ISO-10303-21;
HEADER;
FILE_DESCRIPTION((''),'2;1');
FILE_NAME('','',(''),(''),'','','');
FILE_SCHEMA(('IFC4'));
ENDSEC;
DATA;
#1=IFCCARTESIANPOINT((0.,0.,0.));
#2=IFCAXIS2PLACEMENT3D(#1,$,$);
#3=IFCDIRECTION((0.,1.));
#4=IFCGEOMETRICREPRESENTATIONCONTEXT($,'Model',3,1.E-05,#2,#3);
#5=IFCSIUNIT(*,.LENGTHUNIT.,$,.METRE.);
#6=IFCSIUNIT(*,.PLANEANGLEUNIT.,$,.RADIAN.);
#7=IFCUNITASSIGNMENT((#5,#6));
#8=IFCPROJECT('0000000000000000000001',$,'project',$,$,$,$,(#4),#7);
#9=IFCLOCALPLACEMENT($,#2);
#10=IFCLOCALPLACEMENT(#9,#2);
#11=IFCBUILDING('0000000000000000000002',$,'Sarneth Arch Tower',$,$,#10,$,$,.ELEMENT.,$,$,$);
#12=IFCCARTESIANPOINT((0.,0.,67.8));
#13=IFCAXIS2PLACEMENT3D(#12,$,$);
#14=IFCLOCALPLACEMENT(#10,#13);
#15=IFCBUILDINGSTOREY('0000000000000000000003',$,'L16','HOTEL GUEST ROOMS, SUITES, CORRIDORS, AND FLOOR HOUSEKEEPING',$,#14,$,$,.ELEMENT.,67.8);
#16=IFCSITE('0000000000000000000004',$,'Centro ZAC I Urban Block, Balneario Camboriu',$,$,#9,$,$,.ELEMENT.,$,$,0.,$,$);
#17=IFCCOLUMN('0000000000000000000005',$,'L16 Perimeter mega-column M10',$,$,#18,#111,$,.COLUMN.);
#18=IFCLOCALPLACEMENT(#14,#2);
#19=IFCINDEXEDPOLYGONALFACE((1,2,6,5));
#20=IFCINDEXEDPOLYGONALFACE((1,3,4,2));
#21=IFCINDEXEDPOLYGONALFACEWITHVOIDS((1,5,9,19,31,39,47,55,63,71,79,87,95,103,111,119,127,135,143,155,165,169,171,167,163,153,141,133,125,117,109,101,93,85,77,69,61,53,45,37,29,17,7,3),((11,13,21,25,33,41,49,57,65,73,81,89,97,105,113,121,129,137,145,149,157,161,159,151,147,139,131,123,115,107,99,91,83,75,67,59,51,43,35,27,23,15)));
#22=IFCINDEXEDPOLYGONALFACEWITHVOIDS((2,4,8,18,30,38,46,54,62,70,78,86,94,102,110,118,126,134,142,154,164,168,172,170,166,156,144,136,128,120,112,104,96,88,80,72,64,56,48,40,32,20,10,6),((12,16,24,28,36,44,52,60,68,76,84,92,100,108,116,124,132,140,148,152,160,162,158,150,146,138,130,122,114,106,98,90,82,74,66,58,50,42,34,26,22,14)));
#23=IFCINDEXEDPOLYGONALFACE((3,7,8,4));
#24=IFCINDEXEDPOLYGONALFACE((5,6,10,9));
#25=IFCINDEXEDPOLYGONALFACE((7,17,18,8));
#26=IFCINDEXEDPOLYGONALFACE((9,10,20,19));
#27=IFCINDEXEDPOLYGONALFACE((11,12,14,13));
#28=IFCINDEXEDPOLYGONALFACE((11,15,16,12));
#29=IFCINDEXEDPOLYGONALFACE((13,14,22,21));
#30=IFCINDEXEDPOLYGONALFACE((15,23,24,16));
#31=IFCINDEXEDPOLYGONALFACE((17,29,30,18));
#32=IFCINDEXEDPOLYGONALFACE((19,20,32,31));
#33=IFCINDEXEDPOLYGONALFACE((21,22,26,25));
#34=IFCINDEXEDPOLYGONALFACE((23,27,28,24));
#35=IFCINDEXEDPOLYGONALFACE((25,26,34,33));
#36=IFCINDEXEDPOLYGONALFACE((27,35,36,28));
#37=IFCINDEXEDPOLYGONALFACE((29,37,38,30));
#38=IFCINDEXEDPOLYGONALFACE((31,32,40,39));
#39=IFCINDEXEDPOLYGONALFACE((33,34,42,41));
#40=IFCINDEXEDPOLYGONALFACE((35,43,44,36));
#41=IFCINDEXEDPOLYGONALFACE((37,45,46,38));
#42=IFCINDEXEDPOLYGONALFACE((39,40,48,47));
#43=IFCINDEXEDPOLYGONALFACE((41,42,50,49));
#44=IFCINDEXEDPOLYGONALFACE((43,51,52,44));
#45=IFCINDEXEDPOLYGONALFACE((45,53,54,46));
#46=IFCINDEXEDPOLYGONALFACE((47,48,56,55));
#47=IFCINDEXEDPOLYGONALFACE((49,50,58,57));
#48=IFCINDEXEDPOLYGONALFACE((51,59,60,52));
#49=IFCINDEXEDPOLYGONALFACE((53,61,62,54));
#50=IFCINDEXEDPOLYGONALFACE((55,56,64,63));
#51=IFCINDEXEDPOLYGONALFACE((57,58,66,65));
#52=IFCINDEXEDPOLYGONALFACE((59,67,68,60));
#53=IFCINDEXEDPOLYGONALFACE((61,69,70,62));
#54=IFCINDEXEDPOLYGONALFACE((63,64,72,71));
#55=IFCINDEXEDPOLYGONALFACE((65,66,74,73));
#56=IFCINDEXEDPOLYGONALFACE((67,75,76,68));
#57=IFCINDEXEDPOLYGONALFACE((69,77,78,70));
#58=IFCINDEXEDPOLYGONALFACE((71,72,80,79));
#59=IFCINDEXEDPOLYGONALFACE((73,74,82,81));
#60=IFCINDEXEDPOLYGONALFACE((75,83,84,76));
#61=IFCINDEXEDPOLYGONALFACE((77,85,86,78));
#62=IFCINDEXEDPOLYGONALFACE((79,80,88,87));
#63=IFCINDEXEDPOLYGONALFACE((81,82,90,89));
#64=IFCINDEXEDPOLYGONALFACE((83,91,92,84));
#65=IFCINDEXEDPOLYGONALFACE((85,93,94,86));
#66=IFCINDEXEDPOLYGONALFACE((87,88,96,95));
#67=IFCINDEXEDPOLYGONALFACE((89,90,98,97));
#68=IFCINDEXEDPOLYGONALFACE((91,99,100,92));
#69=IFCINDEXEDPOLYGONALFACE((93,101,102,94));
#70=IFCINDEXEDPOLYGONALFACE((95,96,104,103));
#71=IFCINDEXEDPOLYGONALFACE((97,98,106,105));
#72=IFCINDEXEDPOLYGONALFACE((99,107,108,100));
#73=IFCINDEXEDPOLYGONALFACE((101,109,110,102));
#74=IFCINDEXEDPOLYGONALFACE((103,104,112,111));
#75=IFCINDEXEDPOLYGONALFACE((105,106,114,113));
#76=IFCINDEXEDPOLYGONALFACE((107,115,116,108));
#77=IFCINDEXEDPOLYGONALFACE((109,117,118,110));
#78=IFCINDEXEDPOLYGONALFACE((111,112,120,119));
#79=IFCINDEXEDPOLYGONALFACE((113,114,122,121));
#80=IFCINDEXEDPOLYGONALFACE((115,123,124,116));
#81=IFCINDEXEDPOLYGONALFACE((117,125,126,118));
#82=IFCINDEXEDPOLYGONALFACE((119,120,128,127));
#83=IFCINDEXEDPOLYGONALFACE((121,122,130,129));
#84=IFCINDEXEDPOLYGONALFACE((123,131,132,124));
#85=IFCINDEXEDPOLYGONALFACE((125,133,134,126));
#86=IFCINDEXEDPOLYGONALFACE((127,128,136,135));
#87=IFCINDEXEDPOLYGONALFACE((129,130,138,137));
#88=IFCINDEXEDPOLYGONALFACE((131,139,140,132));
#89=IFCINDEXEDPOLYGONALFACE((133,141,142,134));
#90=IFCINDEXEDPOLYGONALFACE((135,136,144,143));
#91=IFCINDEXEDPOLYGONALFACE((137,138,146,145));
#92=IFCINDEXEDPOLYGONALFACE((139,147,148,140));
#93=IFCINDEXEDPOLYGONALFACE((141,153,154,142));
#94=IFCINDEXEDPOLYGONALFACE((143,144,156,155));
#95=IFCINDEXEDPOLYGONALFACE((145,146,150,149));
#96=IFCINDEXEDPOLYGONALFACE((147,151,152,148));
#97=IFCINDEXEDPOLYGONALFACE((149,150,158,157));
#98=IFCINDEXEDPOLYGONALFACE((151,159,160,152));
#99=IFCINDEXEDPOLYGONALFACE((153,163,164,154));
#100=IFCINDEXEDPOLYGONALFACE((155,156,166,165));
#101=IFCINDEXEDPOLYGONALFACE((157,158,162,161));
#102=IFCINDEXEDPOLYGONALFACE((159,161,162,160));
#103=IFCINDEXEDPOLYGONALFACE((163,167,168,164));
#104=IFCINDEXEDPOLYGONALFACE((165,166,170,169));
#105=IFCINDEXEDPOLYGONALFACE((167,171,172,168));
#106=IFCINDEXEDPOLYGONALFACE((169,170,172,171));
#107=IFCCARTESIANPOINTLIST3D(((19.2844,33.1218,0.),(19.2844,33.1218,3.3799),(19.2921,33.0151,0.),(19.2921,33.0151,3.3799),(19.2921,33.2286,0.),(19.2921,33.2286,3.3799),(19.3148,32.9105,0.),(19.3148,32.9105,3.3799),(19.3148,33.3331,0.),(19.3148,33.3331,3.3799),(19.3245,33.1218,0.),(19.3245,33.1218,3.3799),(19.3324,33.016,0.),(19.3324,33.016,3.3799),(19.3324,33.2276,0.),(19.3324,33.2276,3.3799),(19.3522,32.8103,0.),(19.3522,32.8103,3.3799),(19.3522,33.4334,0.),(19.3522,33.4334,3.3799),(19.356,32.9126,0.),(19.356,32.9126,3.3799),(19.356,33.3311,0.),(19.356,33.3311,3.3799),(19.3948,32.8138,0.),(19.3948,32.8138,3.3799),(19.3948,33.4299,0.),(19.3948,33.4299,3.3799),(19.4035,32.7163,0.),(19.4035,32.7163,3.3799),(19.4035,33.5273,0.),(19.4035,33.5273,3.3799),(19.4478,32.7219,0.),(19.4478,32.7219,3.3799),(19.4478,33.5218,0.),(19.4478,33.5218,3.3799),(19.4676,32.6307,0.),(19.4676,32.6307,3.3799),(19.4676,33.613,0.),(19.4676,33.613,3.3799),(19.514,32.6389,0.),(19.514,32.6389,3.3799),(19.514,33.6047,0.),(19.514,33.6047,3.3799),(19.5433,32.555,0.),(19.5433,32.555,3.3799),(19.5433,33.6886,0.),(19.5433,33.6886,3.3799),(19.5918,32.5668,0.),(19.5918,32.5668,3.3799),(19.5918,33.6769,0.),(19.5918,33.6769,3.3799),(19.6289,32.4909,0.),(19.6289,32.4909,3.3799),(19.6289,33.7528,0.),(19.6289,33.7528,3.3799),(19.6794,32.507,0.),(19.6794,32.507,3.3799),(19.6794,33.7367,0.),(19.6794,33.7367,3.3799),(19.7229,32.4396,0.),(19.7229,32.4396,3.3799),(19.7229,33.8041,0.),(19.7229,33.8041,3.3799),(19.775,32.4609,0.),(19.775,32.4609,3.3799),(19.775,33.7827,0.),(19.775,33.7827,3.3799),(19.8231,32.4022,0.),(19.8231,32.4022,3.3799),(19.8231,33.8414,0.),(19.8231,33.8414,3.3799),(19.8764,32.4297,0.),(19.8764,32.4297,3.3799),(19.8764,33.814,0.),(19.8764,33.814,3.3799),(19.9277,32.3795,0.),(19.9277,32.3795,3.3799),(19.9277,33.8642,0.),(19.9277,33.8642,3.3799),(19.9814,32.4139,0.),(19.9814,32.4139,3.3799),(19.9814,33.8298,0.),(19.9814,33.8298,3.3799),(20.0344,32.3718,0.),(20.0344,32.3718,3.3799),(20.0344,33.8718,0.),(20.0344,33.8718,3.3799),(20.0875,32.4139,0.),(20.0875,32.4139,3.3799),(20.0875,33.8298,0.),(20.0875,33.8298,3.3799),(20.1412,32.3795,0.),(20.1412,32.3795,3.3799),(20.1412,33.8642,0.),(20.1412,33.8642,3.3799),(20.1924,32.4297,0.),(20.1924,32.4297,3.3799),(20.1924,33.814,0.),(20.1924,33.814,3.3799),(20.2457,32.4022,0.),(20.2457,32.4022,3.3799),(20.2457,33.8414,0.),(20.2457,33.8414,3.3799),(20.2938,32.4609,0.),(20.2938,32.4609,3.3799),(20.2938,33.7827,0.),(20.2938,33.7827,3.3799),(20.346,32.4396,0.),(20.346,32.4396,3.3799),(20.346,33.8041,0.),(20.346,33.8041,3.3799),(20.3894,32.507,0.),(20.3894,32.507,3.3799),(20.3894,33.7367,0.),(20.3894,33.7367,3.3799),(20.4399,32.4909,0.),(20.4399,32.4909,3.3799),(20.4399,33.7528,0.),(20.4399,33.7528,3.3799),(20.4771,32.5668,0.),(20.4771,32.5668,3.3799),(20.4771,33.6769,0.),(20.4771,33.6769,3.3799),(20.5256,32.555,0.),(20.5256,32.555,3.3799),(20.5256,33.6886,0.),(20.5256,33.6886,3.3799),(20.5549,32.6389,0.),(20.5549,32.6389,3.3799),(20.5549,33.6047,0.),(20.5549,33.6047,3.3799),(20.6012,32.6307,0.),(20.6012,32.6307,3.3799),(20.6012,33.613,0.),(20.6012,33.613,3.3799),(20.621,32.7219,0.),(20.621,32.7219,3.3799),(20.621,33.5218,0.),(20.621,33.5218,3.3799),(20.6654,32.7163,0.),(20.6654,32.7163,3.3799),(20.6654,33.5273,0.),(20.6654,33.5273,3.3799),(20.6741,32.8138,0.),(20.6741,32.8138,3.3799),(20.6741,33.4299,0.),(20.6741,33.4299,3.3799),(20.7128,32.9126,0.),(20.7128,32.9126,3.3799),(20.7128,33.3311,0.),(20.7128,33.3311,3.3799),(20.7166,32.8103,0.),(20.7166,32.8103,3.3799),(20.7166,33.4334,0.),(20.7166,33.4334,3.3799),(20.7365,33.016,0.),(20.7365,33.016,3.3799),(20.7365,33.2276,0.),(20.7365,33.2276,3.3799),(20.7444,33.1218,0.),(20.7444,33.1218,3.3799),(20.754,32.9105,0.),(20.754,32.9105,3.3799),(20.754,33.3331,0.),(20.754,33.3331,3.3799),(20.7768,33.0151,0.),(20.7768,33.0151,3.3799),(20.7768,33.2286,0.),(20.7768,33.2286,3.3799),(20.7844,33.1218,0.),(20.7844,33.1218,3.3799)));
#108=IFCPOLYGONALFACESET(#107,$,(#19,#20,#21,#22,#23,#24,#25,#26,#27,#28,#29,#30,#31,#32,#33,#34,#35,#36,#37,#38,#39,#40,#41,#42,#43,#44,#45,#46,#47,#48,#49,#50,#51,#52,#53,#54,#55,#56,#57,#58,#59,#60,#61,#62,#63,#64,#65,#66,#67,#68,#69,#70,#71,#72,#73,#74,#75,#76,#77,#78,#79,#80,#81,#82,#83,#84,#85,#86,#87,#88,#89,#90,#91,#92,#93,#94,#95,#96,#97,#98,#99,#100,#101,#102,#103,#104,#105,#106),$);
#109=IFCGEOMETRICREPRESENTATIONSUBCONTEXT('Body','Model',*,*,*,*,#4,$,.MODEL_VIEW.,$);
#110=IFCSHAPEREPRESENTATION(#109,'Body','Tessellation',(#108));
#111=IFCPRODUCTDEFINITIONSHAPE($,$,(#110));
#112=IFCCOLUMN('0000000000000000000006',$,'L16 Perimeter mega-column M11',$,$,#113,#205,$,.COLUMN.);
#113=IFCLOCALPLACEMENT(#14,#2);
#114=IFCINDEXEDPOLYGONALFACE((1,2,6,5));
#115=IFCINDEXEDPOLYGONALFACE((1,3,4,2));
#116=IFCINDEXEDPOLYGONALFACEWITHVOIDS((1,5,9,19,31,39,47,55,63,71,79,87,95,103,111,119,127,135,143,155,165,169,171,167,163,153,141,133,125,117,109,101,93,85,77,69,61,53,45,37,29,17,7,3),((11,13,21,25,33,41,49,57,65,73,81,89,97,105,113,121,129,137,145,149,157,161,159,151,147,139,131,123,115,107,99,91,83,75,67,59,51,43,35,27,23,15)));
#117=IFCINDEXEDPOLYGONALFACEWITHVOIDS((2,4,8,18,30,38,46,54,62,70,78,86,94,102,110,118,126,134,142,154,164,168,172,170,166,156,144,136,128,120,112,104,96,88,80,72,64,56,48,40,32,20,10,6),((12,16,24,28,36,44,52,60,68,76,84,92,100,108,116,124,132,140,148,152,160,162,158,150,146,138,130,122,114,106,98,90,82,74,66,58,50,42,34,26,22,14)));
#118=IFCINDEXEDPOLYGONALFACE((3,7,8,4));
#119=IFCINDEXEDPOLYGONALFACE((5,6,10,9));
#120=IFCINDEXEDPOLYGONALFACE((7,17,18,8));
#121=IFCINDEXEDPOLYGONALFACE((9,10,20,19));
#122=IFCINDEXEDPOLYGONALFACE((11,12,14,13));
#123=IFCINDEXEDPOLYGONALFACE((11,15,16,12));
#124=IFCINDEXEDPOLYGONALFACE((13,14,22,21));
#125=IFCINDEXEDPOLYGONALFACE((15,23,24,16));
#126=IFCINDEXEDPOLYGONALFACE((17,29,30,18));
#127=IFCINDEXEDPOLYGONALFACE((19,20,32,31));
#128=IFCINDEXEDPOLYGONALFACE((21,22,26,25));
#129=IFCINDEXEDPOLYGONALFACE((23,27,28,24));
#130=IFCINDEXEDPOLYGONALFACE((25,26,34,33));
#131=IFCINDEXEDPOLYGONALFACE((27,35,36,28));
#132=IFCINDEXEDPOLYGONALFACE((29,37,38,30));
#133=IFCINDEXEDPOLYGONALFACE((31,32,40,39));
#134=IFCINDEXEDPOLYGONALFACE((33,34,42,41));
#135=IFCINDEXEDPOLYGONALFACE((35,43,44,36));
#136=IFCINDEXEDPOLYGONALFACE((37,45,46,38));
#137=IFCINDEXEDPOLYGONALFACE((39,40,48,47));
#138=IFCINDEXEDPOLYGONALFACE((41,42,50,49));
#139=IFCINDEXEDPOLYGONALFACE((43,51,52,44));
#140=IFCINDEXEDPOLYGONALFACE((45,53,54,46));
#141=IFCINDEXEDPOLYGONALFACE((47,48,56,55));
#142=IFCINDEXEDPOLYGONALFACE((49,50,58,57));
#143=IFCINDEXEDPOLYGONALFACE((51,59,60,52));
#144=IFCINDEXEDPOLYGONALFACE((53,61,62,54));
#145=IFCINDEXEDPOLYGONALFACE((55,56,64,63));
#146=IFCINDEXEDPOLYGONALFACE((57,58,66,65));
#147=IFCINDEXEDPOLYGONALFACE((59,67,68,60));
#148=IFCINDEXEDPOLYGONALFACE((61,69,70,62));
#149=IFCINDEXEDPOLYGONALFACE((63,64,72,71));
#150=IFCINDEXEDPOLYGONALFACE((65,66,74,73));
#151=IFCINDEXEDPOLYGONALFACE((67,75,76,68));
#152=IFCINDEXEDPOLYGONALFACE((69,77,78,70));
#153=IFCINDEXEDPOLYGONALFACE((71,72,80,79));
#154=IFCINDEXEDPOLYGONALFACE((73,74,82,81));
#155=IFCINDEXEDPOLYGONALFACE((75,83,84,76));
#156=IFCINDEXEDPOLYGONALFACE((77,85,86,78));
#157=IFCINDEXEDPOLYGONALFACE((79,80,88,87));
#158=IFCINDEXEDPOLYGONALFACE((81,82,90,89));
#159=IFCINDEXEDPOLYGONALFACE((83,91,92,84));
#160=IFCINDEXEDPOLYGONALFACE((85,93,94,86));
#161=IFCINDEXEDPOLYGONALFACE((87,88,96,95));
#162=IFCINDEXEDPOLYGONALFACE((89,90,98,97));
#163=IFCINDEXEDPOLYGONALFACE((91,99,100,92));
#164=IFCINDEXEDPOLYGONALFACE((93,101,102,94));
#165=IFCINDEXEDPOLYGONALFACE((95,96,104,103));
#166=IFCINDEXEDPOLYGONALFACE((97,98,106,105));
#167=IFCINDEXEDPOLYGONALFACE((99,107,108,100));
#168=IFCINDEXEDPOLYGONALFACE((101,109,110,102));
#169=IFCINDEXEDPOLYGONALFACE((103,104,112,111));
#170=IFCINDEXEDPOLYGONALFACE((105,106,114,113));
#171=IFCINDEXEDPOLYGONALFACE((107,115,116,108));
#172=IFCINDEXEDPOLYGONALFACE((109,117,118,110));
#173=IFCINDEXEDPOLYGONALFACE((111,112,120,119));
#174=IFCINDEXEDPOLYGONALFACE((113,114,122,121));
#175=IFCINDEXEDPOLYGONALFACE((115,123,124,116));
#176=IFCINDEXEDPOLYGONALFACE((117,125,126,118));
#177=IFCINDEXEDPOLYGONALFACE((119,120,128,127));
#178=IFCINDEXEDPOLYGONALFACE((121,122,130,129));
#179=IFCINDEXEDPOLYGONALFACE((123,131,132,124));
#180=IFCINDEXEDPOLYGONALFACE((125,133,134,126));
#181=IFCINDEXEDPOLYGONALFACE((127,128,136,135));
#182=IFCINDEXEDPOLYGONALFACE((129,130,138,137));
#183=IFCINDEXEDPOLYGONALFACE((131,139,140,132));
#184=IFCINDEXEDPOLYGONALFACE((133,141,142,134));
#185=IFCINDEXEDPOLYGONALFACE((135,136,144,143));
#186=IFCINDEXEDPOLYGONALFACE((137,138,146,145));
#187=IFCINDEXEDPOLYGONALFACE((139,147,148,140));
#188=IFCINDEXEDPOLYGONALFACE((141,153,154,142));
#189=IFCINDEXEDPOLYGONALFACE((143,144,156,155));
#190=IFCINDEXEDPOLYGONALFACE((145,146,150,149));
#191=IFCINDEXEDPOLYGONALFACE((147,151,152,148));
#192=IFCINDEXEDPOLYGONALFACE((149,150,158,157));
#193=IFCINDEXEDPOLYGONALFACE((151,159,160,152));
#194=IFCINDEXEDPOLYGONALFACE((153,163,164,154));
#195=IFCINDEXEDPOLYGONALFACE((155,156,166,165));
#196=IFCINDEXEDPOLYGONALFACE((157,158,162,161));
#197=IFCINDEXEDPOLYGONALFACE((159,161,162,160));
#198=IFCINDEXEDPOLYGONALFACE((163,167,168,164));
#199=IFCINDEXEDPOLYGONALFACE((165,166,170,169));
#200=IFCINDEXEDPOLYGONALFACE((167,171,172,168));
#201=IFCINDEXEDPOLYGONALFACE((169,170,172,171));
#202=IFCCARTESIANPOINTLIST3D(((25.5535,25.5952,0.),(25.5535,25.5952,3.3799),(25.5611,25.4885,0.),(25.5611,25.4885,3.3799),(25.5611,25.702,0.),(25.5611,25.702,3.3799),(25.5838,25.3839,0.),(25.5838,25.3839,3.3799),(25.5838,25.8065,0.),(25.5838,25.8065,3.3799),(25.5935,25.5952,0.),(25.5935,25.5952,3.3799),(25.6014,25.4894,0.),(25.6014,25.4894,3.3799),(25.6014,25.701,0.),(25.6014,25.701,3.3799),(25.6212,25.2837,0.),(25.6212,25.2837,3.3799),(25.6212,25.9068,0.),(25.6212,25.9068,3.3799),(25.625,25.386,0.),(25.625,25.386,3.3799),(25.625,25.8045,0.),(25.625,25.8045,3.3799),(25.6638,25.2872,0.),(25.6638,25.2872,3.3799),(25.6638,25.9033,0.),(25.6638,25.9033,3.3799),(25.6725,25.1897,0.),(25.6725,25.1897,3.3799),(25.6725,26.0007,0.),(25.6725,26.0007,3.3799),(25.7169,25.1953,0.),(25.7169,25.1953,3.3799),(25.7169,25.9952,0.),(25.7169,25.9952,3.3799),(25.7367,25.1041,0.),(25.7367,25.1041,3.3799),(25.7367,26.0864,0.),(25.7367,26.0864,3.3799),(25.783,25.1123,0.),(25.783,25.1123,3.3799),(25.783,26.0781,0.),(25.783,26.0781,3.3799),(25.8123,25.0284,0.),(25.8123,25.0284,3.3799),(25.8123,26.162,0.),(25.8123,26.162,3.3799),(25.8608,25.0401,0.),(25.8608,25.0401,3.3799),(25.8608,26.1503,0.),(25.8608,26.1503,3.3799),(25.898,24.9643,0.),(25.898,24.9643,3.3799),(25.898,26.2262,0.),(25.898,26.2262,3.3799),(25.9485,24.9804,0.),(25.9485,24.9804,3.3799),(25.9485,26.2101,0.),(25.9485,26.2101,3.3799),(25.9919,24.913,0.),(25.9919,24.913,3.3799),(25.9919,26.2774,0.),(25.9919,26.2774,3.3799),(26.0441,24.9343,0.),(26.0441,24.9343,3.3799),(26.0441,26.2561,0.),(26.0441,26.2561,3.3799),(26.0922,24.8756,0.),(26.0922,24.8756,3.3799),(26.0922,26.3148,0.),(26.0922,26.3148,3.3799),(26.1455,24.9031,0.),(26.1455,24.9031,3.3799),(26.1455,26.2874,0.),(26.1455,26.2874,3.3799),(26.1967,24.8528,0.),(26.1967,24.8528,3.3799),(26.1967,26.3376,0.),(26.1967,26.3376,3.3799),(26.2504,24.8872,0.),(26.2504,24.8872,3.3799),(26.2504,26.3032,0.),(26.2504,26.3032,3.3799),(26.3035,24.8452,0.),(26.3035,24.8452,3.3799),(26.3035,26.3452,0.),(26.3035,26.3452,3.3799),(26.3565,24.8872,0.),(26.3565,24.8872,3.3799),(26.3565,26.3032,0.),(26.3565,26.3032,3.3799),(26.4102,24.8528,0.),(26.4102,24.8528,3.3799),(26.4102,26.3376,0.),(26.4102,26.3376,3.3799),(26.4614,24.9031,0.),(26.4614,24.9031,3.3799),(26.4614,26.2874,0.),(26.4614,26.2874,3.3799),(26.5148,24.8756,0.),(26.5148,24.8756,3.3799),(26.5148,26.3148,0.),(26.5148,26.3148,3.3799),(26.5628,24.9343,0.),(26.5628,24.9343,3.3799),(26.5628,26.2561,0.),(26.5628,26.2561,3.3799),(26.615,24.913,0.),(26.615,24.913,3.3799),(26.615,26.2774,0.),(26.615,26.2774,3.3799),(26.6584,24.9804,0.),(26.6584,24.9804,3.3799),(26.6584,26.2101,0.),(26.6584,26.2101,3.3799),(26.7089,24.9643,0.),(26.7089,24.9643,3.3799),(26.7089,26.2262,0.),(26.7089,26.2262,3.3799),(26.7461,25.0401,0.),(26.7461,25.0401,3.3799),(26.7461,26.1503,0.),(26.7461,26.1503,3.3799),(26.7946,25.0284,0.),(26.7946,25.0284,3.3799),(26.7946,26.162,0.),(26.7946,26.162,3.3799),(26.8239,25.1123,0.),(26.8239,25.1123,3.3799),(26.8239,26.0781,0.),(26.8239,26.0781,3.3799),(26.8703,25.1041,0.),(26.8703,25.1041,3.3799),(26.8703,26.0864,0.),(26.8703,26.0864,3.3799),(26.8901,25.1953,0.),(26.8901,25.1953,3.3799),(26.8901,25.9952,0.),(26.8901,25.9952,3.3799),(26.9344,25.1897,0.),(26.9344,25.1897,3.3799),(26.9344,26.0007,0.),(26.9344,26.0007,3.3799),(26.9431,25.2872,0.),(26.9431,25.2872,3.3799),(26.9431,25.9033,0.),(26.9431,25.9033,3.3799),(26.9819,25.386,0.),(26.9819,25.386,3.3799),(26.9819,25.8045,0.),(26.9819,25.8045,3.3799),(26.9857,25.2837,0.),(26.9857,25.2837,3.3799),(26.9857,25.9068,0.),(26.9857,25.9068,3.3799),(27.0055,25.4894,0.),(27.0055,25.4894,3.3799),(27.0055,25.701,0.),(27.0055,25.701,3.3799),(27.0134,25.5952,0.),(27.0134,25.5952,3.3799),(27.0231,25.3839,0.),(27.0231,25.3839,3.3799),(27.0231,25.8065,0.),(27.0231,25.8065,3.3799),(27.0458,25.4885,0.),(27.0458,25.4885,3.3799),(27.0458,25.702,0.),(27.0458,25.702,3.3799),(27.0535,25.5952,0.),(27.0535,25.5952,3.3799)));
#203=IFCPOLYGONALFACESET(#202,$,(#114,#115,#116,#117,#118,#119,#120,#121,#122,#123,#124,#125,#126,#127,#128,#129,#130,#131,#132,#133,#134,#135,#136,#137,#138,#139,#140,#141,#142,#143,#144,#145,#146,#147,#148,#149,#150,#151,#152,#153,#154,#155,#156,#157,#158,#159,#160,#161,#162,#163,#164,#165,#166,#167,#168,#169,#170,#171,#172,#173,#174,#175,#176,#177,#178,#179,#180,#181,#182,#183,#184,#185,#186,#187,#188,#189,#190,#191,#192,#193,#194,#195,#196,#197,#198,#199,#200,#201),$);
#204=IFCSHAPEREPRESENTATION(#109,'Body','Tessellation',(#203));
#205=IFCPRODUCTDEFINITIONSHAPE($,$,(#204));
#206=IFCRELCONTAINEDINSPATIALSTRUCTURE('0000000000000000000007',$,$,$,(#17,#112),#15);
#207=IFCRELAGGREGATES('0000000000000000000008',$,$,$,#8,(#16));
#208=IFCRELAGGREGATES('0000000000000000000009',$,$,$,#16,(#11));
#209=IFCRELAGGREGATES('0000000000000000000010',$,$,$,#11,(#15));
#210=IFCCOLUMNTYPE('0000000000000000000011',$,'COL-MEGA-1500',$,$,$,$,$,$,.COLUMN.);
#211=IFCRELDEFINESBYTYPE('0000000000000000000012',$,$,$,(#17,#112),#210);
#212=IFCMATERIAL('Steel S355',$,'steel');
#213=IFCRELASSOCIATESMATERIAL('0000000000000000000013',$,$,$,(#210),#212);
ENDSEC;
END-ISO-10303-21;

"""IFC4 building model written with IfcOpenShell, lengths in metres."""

from ifc_helpers import new_model, si_unit, direction, frame, origin, origin_2d, place, context, subcontext, project, spatial, hollow_circle, extrude, material, material_profile, profile_set, type_object, element, save


model = new_model("IFC4")

# Units and contexts
model_context = context("Model", 3, precision=1e-05, world=origin(), true_north=direction((0.0, 1.0)))
body_context = subcontext(model_context, "Body", "Model", "MODEL_VIEW")
ifc_project = project(units=[si_unit("LENGTHUNIT", "METRE"), si_unit("PLANEANGLEUNIT", "RADIAN")], contexts=[model_context])

# Site, building, storey
site_placement = place(None, origin())
site = spatial("IfcSite", under=ifc_project, at=site_placement, Name="Centro ZAC I Urban Block, Balneario Camboriu", CompositionType="ELEMENT", RefElevation=0.0)
building_placement = place(site_placement, origin())
building = spatial("IfcBuilding", under=site, at=building_placement, Name="Sarneth Arch Tower", CompositionType="ELEMENT")
storey_placement = place(building_placement, frame((0.0, 0.0, 67.8)))
storey = spatial("IfcBuildingStorey", under=building, at=storey_placement, Name="L16", Description="HOTEL GUEST ROOMS, SUITES, CORRIDORS, AND FLOOR HOUSEKEEPING", CompositionType="ELEMENT", Elevation=67.8)

# Columns
ifc_material_1 = material(Name="Steel S355", Category="steel")
ifc_material_profile_1 = material_profile(ifc_material_1, hollow_circle(Radius=0.75, WallThickness=0.04, at=origin_2d()), Name="CHS1500x40")
ifc_profile_set_1 = profile_set([ifc_material_profile_1], Name="Steel S355")
column_type = type_object("IfcColumnType", Name="COL-MEGA-1500", PredefinedType="COLUMN", material=ifc_profile_set_1)
for number, where, z_axis, x_axis, name in (
    (1, (20.0344, 33.1218, 0.0), (0.0, 0.0, 1.0), (1.0, 0.0, 0.0), "L16 Perimeter mega-column M10"),
    (2, (26.3035, 25.5952, 0.0), (0.0, 0.0, 1.0), (1.0, 0.0, 0.0), "L16 Perimeter mega-column M11"),
):
    element("IfcColumn", number, at=place(storey_placement, frame(where, z_axis=z_axis, x_axis=x_axis)), inside=storey, type_object=column_type, Name=name, PredefinedType="COLUMN", context=body_context, shape_type="SweptSolid", body=[
        extrude(hollow_circle(Radius=0.75, WallThickness=0.04, at=origin_2d()), origin(), (0.0, 0.0, 1.0), 3.3799),
    ])

save(model, "model.ifc")
